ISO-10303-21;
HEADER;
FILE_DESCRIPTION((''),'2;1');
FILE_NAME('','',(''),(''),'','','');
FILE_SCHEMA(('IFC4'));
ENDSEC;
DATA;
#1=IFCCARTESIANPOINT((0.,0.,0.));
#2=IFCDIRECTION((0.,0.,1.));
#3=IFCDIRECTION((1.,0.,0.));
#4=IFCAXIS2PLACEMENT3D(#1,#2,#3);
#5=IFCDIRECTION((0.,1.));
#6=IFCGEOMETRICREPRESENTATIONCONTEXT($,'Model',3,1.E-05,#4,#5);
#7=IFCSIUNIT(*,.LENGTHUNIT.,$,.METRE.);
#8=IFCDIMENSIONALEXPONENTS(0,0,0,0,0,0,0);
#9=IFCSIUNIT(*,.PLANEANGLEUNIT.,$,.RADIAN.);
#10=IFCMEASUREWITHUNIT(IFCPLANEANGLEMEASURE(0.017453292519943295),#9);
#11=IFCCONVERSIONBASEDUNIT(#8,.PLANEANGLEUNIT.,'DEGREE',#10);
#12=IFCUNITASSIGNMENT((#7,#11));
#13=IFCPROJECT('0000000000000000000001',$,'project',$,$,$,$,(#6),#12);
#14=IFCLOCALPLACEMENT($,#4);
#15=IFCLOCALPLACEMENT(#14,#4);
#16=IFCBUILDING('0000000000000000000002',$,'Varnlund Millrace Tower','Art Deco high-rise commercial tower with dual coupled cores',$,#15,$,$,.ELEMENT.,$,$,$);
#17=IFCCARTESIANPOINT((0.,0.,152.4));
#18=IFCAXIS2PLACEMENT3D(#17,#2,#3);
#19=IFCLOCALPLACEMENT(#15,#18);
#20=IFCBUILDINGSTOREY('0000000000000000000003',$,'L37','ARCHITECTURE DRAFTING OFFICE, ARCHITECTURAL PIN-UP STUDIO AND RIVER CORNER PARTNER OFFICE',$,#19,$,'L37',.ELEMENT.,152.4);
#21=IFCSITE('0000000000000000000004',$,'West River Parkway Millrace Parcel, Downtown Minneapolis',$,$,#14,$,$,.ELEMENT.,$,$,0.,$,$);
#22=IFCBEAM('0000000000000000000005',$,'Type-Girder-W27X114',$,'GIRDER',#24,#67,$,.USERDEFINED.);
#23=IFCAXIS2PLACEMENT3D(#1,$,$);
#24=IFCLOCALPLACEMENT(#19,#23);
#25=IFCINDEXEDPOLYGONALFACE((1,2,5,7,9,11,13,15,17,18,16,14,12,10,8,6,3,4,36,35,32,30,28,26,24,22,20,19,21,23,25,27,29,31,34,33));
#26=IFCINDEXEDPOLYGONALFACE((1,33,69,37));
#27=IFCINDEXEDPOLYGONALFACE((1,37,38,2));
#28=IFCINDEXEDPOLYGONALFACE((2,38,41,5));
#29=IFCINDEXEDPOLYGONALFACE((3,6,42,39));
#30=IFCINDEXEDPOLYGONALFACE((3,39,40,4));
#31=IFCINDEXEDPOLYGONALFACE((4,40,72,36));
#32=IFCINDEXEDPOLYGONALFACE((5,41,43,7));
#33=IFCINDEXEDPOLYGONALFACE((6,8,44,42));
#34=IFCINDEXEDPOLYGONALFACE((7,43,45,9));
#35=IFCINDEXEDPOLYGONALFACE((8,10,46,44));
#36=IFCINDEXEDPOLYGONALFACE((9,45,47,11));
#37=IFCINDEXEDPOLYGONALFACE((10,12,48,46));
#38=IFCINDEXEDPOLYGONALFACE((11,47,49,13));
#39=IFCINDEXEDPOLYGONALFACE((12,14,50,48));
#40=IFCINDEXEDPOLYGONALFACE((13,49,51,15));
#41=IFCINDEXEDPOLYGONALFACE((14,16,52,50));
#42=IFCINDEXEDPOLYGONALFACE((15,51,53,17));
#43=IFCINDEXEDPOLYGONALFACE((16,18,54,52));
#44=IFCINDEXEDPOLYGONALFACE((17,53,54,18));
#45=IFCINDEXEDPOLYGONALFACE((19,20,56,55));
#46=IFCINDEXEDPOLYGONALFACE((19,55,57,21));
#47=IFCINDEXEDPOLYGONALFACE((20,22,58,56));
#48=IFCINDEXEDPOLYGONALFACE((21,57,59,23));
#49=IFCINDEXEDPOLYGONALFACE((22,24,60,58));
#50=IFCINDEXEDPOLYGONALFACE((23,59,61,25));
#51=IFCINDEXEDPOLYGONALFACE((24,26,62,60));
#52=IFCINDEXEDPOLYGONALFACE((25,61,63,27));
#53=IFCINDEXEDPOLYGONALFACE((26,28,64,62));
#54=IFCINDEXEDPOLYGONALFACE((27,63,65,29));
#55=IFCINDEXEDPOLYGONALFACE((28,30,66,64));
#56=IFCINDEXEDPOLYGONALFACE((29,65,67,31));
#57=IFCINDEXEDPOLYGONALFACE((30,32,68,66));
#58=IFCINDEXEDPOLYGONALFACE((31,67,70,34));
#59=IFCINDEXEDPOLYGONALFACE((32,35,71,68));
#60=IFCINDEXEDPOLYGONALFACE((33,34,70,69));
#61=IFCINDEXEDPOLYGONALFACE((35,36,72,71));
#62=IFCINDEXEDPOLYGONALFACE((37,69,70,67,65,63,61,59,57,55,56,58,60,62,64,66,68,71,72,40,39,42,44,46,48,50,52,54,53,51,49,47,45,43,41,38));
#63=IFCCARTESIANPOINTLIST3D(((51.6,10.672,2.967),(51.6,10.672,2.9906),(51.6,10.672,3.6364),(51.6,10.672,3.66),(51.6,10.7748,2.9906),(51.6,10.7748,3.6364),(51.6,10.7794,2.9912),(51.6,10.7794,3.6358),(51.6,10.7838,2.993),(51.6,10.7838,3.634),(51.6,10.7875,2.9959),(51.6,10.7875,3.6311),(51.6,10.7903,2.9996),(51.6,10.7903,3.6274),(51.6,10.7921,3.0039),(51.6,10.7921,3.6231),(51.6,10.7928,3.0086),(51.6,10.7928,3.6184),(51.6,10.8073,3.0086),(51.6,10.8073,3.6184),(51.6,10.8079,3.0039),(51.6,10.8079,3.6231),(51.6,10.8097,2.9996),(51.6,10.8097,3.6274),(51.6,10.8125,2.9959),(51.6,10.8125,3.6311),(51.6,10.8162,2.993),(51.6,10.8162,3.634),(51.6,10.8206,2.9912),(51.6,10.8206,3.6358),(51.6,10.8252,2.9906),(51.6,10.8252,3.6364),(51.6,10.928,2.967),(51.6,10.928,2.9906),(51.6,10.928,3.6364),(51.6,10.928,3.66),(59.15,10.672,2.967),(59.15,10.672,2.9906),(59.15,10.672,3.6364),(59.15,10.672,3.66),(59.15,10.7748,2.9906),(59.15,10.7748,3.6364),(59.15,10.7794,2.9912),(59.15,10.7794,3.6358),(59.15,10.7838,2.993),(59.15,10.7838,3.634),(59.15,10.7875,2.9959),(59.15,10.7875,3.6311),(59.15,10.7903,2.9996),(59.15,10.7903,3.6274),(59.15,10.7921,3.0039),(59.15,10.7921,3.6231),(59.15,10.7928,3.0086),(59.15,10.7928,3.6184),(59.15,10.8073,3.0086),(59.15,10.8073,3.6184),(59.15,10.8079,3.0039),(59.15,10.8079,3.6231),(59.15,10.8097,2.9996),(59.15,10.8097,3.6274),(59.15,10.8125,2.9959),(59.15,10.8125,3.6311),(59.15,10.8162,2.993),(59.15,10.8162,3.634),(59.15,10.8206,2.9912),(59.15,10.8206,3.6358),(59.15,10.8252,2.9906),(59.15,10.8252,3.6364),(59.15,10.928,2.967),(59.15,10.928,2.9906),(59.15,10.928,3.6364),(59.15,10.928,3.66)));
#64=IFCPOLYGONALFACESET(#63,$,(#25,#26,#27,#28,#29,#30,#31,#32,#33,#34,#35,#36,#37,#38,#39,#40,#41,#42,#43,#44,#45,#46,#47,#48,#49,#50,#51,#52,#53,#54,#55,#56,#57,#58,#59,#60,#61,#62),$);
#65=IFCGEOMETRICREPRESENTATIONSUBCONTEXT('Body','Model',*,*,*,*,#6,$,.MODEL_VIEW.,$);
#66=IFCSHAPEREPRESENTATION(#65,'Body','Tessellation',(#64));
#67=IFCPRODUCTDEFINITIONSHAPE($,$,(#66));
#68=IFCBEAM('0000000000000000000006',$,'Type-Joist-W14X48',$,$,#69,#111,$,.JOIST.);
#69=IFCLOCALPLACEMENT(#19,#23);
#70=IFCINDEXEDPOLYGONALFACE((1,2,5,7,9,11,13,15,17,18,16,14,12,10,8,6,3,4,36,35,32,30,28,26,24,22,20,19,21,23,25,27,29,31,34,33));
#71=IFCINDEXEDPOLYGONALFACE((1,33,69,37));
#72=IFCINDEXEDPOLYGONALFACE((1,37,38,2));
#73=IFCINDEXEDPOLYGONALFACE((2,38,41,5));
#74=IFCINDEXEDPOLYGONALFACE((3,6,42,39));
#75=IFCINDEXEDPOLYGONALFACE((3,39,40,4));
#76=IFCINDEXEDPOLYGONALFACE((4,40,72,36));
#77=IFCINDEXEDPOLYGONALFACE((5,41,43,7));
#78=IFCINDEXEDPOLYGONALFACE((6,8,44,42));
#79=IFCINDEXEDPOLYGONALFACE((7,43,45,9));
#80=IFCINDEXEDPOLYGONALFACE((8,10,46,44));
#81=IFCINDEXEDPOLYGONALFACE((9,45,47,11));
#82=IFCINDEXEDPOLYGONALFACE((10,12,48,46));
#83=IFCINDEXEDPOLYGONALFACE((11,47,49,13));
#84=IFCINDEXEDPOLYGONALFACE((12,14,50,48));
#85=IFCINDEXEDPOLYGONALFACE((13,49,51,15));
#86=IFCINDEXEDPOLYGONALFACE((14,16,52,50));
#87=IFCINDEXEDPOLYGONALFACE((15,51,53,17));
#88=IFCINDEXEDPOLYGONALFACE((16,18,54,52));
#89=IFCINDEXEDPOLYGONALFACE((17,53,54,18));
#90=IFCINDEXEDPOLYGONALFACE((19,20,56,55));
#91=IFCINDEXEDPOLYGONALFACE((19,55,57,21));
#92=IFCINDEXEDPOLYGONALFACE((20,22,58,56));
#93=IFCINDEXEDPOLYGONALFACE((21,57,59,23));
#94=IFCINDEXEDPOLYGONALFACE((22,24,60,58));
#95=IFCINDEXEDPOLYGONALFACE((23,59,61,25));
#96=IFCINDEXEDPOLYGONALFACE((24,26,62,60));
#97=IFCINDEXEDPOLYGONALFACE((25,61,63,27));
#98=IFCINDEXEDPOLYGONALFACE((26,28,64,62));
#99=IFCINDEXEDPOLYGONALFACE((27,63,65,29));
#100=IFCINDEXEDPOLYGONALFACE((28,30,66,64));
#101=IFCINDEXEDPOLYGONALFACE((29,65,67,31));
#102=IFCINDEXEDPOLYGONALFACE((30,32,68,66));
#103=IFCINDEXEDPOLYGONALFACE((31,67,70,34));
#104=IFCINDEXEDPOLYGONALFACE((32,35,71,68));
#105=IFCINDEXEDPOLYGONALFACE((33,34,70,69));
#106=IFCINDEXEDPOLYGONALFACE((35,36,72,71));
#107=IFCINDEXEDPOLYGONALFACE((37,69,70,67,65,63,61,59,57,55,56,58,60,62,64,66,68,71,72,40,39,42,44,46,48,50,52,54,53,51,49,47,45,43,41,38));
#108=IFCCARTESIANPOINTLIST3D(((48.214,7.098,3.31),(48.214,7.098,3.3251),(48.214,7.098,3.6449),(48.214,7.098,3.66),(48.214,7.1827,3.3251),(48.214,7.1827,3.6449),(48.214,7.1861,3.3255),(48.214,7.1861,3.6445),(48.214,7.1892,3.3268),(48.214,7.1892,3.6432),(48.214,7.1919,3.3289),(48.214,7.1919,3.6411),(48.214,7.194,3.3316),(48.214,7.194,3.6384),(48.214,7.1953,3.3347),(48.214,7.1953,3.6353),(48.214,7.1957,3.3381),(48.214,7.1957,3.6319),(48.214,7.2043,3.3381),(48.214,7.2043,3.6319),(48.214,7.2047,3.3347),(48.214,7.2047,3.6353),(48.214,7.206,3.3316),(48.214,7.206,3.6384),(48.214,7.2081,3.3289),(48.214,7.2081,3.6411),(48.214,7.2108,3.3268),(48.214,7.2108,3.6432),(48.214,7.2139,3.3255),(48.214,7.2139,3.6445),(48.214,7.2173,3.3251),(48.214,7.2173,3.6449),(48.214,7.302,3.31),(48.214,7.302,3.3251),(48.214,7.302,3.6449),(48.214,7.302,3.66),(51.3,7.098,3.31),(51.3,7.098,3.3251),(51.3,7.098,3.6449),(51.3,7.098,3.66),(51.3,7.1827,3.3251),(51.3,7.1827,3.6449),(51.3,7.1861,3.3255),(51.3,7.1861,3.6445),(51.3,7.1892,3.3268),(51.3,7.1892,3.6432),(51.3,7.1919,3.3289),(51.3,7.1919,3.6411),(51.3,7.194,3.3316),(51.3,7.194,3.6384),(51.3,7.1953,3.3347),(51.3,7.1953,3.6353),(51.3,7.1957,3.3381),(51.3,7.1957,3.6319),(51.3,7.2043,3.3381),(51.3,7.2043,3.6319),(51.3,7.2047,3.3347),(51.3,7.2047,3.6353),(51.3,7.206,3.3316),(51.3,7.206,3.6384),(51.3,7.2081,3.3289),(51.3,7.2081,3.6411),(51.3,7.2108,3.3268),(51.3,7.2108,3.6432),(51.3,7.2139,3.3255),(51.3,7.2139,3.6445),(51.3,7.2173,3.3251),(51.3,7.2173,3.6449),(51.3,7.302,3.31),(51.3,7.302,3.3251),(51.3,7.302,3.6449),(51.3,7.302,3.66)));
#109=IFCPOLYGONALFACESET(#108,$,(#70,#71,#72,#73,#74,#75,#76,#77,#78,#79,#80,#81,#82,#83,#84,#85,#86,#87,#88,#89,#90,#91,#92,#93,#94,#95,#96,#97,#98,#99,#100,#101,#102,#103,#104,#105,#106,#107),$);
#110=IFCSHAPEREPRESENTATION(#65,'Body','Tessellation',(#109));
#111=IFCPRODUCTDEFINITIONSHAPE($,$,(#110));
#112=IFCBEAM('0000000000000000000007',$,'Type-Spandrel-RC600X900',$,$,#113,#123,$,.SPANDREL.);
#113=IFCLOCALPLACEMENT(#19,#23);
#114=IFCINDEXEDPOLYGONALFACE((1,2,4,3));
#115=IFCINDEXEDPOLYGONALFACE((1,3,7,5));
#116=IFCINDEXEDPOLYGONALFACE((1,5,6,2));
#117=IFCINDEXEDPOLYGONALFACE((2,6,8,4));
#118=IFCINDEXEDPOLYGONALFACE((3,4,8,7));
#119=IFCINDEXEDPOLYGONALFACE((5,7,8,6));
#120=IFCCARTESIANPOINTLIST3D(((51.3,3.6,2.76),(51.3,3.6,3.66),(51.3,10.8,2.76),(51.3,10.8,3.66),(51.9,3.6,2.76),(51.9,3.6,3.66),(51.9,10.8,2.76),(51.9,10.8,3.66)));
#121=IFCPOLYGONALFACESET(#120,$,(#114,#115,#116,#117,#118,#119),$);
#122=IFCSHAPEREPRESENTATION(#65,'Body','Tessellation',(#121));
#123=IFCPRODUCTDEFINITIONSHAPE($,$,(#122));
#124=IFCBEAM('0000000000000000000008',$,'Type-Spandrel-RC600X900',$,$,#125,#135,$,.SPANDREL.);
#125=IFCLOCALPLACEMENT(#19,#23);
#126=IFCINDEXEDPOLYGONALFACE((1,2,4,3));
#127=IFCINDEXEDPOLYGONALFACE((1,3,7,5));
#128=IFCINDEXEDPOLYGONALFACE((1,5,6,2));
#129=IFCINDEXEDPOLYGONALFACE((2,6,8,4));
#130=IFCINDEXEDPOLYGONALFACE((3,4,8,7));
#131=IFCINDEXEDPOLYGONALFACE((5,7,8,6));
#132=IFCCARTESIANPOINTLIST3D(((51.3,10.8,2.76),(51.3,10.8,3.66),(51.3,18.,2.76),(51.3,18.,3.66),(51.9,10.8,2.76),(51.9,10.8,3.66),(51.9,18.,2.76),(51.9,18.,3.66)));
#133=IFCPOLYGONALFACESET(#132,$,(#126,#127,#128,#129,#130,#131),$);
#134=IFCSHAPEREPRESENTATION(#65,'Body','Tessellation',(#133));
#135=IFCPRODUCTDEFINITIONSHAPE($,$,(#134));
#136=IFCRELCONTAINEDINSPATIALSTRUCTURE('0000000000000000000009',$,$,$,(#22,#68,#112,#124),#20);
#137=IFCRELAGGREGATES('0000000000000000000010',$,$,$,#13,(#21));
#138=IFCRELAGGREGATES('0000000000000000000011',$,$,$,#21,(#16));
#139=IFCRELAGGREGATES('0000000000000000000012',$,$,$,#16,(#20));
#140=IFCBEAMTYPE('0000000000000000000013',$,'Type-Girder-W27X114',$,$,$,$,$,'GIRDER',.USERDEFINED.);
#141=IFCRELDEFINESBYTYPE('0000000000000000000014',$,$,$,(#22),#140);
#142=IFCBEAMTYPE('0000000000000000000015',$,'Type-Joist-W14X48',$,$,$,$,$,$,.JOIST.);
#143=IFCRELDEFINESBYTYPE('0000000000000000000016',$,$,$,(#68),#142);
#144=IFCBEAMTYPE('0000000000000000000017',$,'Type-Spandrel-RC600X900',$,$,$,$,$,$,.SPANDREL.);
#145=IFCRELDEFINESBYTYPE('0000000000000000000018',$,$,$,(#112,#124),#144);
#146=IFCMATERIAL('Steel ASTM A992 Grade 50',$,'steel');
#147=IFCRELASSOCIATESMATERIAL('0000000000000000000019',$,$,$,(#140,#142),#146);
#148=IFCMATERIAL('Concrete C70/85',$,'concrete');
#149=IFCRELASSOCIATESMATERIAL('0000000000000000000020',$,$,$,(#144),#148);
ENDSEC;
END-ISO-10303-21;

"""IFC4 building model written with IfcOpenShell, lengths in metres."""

from ifc_helpers import new_model, entity, si_unit, converted_unit, direction, frame, origin_with_axes, origin_2d_with_axis, place, context, subcontext, project, spatial, rectangle, i_section, extrude, material, material_profile, profile_set, type_object, element, save


model = new_model("IFC4")

# Units and contexts
model_context = context("Model", 3, precision=1e-05, world=origin_with_axes(), true_north=direction((0.0, 1.0)))
body_context = subcontext(model_context, "Body", "Model", "MODEL_VIEW")
ifc_project = project(units=[si_unit("LENGTHUNIT", "METRE"), converted_unit("PLANEANGLEUNIT", "DEGREE", entity("IfcPlaneAngleMeasure", 0.017453292519943295), si_unit("PLANEANGLEUNIT", "RADIAN"), dimensions=[0, 0, 0, 0, 0, 0, 0])], contexts=[model_context])

# Site, building, storey
site_placement = place(None, origin_with_axes())
site = spatial("IfcSite", under=ifc_project, at=site_placement, Name="West River Parkway Millrace Parcel, Downtown Minneapolis", CompositionType="ELEMENT", RefElevation=0.0)
building_placement = place(site_placement, origin_with_axes())
building = spatial("IfcBuilding", under=site, at=building_placement, Name="Varnlund Millrace Tower", Description="Art Deco high-rise commercial tower with dual coupled cores", CompositionType="ELEMENT")
storey_placement = place(building_placement, frame((0.0, 0.0, 152.4), z_axis=(0.0, 0.0, 1.0), x_axis=(1.0, 0.0, 0.0)))
storey = spatial("IfcBuildingStorey", under=building, at=storey_placement, Name="L37", Description="ARCHITECTURE DRAFTING OFFICE, ARCHITECTURAL PIN-UP STUDIO AND RIVER CORNER PARTNER OFFICE", LongName="L37", CompositionType="ELEMENT", Elevation=152.4)

# Beams
ifc_material_1 = material(Name="Steel ASTM A992 Grade 50", Category="steel")
ifc_material_profile_1 = material_profile(ifc_material_1, i_section(OverallWidth=0.256, OverallDepth=0.693, WebThickness=0.0145, FlangeThickness=0.0236, FilletRadius=0.018, at=origin_2d_with_axis()), Name="Steel ASTM A992 Grade 50")
ifc_profile_set_1 = profile_set([ifc_material_profile_1], Name="Steel ASTM A992 Grade 50")
beam_type_1 = type_object("IfcBeamType", Name="Type-Girder-W27X114", ElementType="GIRDER", PredefinedType="USERDEFINED", material=ifc_profile_set_1)
beam_1_placement = place(storey_placement, frame((51.6, 10.8, 3.3135), z_axis=(1.0, 0.0, 0.0), x_axis=(0.0, 1.0, 0.0)))
element("IfcBeam", 1, at=beam_1_placement, inside=storey, type_object=beam_type_1, Name="Type-Girder-W27X114", ObjectType="GIRDER", PredefinedType="USERDEFINED", context=body_context, shape_type="SweptSolid", body=[
    extrude(i_section(OverallWidth=0.256, OverallDepth=0.693, WebThickness=0.0145, FlangeThickness=0.0236, FilletRadius=0.018, at=origin_2d_with_axis()), origin_with_axes(), (0.0, 0.0, 1.0), 7.55),
])
ifc_material_profile_2 = material_profile(ifc_material_1, i_section(OverallWidth=0.204, OverallDepth=0.35, WebThickness=0.0086, FlangeThickness=0.0151, FilletRadius=0.013, at=origin_2d_with_axis()), Name="Steel ASTM A992 Grade 50")
ifc_profile_set_2 = profile_set([ifc_material_profile_2], Name="Steel ASTM A992 Grade 50")
beam_type_2 = type_object("IfcBeamType", Name="Type-Joist-W14X48", PredefinedType="JOIST", material=ifc_profile_set_2)
beam_2_placement = place(storey_placement, frame((48.214, 7.2, 3.485), z_axis=(1.0, 0.0, 0.0), x_axis=(0.0, 1.0, 0.0)))
element("IfcBeam", 2, at=beam_2_placement, inside=storey, type_object=beam_type_2, Name="Type-Joist-W14X48", PredefinedType="JOIST", context=body_context, shape_type="SweptSolid", body=[
    extrude(i_section(OverallWidth=0.204, OverallDepth=0.35, WebThickness=0.0086, FlangeThickness=0.0151, FilletRadius=0.013, at=origin_2d_with_axis()), origin_with_axes(), (0.0, 0.0, 1.0), 3.086),
])
ifc_material_2 = material(Name="Concrete C70/85", Category="concrete")
ifc_material_profile_3 = material_profile(ifc_material_2, rectangle(XDim=0.6, YDim=0.9, at=origin_2d_with_axis()), Name="Concrete C70/85")
ifc_profile_set_3 = profile_set([ifc_material_profile_3], Name="Concrete C70/85")
beam_type_3 = type_object("IfcBeamType", Name="Type-Spandrel-RC600X900", PredefinedType="SPANDREL", material=ifc_profile_set_3)
for number, where, z_axis, x_axis, name in (
    (3, (51.6, 3.6, 3.21), (0.0, 1.0, 0.0), (-1.0, 0.0, 0.0), "Type-Spandrel-RC600X900"),
    (4, (51.6, 10.8, 3.21), (0.0, 1.0, 0.0), (-1.0, 0.0, 0.0), "Type-Spandrel-RC600X900"),
):
    element("IfcBeam", number, at=place(storey_placement, frame(where, z_axis=z_axis, x_axis=x_axis)), inside=storey, type_object=beam_type_3, Name=name, PredefinedType="SPANDREL", context=body_context, shape_type="SweptSolid", body=[
        extrude(rectangle(XDim=0.6, YDim=0.9, at=origin_2d_with_axis()), origin_with_axes(), (0.0, 0.0, 1.0), 7.2),
    ])

save(model, "model.ifc")
